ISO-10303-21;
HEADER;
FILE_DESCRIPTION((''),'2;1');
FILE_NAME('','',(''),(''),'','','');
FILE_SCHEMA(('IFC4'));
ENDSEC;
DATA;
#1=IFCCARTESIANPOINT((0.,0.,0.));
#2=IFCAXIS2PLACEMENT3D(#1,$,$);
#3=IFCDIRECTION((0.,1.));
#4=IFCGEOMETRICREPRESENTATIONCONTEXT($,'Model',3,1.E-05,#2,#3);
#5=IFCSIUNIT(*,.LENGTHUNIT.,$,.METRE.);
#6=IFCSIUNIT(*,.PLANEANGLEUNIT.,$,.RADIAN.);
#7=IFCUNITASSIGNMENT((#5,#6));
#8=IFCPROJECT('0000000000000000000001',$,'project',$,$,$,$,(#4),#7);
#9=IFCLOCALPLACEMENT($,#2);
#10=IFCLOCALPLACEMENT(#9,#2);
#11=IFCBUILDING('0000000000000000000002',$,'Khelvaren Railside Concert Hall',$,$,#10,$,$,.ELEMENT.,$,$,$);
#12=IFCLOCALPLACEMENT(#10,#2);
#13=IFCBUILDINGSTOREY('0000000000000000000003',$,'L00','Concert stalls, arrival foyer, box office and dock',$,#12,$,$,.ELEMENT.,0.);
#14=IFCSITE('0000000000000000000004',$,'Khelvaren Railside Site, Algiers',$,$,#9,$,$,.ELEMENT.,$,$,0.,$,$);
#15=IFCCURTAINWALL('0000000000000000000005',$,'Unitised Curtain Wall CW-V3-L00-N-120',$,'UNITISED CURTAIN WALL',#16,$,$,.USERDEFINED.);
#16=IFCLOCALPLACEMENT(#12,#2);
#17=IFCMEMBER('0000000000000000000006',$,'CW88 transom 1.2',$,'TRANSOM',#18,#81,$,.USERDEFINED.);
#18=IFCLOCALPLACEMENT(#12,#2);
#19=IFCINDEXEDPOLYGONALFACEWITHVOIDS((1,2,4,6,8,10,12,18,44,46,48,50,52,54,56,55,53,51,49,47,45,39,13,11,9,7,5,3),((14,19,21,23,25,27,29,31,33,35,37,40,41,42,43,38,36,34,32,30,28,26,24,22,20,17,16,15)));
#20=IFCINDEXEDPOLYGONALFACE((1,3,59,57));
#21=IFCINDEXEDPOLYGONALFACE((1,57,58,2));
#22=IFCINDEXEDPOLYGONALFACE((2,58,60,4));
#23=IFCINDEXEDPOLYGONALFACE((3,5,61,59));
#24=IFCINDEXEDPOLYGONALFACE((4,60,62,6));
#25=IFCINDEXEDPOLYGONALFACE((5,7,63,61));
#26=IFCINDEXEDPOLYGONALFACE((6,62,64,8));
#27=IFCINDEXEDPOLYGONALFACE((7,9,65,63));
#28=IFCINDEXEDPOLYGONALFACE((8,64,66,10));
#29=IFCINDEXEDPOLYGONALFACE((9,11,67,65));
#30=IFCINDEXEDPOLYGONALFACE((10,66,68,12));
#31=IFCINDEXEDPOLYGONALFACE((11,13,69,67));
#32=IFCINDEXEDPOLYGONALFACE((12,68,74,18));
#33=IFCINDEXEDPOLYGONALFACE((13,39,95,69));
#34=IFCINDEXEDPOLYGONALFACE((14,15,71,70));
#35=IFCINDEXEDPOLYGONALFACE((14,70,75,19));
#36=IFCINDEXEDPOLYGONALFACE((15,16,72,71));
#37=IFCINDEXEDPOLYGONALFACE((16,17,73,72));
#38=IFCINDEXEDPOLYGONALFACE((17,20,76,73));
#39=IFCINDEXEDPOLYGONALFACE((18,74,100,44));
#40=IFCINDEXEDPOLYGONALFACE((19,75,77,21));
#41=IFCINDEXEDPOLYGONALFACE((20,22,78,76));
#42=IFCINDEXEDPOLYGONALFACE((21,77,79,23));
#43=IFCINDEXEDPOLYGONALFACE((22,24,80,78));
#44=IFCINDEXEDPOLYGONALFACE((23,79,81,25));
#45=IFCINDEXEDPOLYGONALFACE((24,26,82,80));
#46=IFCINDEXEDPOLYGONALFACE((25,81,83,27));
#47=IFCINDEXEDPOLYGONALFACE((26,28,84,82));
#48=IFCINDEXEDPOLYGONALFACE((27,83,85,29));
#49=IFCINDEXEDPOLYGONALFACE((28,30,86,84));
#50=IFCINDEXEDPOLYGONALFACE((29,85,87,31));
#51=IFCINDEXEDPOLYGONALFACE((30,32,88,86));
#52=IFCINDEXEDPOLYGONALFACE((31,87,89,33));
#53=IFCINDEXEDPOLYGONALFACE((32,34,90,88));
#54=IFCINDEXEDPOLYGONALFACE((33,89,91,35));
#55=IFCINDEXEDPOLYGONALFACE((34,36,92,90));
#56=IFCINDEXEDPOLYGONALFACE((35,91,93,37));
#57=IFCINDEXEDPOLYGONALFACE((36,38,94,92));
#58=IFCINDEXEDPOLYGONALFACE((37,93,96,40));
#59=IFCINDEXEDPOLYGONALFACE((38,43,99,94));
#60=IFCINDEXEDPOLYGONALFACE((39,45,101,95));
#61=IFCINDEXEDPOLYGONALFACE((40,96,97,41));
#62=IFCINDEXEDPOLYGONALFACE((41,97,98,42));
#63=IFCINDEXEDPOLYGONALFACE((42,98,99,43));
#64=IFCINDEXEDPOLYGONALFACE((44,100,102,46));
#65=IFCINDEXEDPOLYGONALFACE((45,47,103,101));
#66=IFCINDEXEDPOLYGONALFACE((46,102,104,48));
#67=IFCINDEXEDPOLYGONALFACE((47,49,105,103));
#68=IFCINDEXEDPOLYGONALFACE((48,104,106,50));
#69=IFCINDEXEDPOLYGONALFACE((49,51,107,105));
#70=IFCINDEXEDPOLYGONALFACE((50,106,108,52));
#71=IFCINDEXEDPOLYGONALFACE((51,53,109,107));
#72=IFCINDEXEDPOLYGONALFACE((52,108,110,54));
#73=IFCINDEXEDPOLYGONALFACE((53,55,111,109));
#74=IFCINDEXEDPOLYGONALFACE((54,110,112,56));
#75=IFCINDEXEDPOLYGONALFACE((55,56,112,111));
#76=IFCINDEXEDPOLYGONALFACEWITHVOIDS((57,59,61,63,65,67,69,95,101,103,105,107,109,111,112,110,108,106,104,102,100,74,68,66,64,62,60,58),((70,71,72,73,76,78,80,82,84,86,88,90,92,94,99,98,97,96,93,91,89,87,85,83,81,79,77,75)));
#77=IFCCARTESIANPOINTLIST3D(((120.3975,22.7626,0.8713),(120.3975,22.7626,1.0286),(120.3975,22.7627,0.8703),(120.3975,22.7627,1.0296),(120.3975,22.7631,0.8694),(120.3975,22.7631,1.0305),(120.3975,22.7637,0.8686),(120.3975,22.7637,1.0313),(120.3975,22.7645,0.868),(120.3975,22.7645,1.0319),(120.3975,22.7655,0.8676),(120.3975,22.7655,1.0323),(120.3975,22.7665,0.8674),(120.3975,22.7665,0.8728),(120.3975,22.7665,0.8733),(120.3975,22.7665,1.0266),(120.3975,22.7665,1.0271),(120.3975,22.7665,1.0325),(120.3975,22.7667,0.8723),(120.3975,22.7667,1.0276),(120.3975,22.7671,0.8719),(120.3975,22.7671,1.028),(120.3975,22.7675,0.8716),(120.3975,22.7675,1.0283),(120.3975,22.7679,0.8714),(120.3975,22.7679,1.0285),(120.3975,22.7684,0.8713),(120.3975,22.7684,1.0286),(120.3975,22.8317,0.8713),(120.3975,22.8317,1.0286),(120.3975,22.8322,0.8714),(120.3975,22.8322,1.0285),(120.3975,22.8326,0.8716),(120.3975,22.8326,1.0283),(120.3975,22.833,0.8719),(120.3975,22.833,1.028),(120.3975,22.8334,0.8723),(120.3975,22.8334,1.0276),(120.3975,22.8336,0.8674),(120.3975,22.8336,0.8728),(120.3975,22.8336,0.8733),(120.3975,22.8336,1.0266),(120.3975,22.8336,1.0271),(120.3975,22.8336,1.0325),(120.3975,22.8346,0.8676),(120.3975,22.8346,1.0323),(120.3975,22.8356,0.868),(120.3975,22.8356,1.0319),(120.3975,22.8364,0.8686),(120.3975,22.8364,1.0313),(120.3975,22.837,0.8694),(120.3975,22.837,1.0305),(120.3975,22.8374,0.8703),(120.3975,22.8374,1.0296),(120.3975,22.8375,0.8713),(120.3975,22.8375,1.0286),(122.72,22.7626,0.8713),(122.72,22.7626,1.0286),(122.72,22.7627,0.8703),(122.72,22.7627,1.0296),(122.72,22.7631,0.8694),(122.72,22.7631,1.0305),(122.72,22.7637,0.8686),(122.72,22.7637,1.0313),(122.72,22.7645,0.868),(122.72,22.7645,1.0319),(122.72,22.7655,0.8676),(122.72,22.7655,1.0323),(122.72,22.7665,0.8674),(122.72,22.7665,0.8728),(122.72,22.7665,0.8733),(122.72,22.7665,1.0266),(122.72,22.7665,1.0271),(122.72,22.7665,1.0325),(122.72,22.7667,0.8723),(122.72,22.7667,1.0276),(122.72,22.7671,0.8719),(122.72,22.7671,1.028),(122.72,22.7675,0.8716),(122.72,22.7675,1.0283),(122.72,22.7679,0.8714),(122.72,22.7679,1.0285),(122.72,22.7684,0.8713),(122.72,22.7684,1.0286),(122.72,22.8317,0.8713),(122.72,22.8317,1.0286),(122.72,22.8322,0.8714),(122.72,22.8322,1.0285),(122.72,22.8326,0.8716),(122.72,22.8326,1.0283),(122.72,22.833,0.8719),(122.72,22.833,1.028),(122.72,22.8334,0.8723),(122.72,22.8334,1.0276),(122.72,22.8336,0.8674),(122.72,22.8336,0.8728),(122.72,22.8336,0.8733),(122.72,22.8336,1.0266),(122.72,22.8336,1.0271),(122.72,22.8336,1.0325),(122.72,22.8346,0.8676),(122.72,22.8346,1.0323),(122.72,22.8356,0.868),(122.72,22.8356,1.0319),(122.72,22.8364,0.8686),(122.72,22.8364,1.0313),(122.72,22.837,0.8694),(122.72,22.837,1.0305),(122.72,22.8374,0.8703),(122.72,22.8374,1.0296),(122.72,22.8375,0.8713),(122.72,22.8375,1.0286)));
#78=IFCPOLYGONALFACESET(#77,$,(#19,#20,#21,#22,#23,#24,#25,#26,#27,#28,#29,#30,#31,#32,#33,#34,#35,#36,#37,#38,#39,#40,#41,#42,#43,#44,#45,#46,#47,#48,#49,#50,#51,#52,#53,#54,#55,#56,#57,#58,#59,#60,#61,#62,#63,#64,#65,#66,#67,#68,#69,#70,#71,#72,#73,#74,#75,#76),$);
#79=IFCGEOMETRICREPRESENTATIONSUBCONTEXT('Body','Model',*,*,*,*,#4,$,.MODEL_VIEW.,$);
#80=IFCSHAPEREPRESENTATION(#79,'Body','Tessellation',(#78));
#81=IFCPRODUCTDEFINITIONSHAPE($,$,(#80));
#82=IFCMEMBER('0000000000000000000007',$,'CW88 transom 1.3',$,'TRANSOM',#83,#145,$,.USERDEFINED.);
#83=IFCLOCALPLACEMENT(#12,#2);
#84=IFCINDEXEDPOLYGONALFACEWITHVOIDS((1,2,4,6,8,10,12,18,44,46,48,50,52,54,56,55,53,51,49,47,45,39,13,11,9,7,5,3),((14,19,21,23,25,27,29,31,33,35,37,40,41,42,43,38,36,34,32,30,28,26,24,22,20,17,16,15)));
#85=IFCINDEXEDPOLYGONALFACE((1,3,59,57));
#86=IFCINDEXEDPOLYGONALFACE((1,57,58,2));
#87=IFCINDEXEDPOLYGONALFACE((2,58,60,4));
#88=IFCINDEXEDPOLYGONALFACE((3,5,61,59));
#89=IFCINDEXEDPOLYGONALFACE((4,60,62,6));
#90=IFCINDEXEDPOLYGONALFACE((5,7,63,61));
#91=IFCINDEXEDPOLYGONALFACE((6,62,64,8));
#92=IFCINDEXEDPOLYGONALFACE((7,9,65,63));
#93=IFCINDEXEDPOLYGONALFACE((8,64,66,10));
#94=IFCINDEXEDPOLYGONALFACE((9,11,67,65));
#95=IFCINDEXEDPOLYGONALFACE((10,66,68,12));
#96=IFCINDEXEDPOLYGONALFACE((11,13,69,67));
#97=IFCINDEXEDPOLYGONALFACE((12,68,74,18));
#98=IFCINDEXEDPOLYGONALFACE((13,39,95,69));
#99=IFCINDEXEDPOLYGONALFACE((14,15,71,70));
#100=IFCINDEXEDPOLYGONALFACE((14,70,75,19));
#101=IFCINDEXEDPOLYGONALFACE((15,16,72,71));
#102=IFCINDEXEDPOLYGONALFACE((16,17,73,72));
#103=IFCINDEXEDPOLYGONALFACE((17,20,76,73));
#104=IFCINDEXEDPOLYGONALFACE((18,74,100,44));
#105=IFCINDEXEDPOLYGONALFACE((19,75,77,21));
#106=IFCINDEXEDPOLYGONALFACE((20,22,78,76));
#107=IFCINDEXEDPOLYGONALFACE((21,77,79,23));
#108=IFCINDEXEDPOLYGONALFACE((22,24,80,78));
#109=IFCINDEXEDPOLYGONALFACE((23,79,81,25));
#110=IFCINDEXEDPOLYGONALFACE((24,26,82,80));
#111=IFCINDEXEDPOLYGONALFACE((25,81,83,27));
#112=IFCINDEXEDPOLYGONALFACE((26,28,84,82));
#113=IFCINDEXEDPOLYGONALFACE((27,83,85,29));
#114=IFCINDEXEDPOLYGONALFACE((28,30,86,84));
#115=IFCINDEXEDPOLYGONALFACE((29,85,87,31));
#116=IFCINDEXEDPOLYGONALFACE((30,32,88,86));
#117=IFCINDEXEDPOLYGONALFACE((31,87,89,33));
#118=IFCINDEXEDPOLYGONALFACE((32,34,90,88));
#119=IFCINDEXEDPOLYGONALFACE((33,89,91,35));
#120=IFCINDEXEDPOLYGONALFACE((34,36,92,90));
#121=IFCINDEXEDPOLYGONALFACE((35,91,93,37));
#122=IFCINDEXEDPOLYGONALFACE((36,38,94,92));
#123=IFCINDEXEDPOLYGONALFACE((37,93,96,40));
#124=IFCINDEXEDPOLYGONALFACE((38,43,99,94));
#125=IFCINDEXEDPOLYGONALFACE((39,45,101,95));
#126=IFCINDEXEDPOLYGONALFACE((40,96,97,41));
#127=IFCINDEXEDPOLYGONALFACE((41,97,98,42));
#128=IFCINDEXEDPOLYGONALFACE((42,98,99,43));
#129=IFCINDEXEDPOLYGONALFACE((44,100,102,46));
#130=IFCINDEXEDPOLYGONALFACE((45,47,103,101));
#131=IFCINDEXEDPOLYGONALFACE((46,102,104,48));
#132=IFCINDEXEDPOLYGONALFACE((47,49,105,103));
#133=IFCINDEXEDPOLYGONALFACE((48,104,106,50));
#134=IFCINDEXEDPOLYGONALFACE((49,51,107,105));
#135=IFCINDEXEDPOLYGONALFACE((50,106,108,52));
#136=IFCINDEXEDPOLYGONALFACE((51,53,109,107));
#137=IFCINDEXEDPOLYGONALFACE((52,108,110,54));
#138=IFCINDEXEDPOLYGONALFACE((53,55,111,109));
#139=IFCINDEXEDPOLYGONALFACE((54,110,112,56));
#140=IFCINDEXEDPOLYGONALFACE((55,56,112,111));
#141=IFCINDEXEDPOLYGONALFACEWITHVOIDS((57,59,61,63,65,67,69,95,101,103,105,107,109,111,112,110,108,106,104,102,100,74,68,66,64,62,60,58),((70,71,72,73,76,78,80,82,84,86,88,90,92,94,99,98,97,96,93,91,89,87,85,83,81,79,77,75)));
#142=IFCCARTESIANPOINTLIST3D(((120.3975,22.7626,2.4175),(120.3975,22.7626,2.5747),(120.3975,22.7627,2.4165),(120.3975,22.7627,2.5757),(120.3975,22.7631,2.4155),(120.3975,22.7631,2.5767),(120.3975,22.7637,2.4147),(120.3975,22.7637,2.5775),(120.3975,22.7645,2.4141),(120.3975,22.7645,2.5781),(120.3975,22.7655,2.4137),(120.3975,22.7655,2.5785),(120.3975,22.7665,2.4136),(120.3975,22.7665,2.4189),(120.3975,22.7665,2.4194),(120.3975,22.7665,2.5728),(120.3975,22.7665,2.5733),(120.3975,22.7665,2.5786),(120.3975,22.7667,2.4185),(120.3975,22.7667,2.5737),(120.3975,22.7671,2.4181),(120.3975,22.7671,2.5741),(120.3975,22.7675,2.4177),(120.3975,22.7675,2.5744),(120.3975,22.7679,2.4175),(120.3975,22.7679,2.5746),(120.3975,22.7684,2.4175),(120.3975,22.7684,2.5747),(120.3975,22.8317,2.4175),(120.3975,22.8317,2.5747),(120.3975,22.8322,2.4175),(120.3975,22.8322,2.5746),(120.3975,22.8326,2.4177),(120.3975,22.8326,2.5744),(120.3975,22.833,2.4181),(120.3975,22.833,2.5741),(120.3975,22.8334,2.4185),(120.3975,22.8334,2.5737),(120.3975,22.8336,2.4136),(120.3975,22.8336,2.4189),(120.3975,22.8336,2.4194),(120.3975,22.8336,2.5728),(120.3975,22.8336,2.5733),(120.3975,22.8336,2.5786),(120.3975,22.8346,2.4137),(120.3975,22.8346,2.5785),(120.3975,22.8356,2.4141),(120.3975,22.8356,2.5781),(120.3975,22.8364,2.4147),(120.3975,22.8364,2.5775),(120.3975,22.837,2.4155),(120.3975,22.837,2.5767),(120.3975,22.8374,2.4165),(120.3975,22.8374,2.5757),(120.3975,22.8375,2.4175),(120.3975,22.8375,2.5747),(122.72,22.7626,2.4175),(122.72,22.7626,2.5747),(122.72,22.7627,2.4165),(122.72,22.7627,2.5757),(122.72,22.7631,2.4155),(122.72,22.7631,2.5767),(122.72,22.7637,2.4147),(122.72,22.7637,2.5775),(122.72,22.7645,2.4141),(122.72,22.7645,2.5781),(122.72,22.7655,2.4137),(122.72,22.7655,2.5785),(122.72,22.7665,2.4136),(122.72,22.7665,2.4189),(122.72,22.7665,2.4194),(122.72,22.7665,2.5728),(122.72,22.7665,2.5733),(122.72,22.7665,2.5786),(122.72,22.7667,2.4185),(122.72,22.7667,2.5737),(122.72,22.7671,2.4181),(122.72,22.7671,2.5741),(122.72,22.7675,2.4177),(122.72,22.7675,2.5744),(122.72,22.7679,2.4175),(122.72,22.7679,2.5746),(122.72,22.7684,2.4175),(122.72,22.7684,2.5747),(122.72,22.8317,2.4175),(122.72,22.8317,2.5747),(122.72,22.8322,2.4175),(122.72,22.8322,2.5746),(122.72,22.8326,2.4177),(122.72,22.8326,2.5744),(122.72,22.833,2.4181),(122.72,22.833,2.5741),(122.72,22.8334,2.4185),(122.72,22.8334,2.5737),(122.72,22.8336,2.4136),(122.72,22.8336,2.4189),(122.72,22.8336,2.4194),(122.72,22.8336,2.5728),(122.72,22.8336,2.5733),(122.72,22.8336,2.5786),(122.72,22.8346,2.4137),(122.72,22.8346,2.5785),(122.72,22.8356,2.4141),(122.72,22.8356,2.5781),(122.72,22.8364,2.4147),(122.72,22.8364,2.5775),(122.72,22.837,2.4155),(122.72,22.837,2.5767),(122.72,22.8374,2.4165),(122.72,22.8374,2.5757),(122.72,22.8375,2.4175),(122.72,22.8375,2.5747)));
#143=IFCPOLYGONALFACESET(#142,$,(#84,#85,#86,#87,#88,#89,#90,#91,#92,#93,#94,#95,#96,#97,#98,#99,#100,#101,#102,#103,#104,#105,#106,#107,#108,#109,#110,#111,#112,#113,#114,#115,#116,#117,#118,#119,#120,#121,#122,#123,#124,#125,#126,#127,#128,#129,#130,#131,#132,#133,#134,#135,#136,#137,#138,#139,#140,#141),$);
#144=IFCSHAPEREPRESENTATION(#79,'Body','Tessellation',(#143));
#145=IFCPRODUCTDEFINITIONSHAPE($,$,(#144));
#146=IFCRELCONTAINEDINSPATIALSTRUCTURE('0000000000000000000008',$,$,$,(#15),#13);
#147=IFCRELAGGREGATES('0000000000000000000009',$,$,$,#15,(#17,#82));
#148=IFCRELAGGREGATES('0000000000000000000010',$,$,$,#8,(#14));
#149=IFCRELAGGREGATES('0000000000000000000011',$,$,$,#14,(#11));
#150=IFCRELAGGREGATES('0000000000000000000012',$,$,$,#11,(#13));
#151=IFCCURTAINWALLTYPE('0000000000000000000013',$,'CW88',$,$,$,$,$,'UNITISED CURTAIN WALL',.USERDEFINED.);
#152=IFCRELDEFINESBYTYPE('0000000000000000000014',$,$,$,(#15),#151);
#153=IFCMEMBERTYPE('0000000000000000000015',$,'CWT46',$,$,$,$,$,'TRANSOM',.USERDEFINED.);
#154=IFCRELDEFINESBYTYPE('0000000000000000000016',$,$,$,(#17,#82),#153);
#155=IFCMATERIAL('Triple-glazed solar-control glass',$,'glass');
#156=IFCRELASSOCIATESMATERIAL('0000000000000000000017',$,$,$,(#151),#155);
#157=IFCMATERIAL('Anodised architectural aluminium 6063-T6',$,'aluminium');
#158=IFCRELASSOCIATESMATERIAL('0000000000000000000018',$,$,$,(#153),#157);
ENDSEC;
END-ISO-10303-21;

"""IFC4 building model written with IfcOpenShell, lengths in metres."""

from ifc_helpers import new_model, si_unit, direction, frame, origin, origin_2d, place, context, subcontext, project, spatial, hollow_rectangle, extrude, material, material_profile, profile_set, type_object, element, aggregate, save


model = new_model("IFC4")

# Units and contexts
model_context = context("Model", 3, precision=1e-05, world=origin(), true_north=direction((0.0, 1.0)))
body_context = subcontext(model_context, "Body", "Model", "MODEL_VIEW")
ifc_project = project(units=[si_unit("LENGTHUNIT", "METRE"), si_unit("PLANEANGLEUNIT", "RADIAN")], contexts=[model_context])

# Site, building, storey
site_placement = place(None, origin())
site = spatial("IfcSite", under=ifc_project, at=site_placement, Name="Khelvaren Railside Site, Algiers", CompositionType="ELEMENT", RefElevation=0.0)
building_placement = place(site_placement, origin())
building = spatial("IfcBuilding", under=site, at=building_placement, Name="Khelvaren Railside Concert Hall", CompositionType="ELEMENT")
storey_placement = place(building_placement, origin())
storey = spatial("IfcBuildingStorey", under=building, at=storey_placement, Name="L00", Description="Concert stalls, arrival foyer, box office and dock", CompositionType="ELEMENT", Elevation=0.0)

# Curtain wall
ifc_material_1 = material(Name="Triple-glazed solar-control glass", Category="glass")
ifc_material_2 = material(Name="Anodised architectural aluminium 6063-T6", Category="aluminium")
curtain_wall_type_1 = type_object("IfcCurtainWallType", Name="CW88", ElementType="UNITISED CURTAIN WALL", PredefinedType="USERDEFINED", material=ifc_material_1)
curtain_wall_1_placement = place(storey_placement, origin())
curtain_wall_1 = element("IfcCurtainWall", 1, at=curtain_wall_1_placement, inside=storey, type_object=curtain_wall_type_1, Name="Unitised Curtain Wall CW-V3-L00-N-120", ObjectType="UNITISED CURTAIN WALL", PredefinedType="USERDEFINED")

# Members
ifc_material_profile_1 = material_profile(ifc_material_2, hollow_rectangle(XDim=0.075, YDim=0.165, WallThickness=0.0039, InnerFilletRadius=0.002, OuterFilletRadius=0.0039, at=origin_2d()), Name="CWT 75x165x4")
ifc_profile_set_1 = profile_set([ifc_material_profile_1], Name="Anodised architectural aluminium 6063-T6")
member_type_1 = type_object("IfcMemberType", Name="CWT46", ElementType="TRANSOM", PredefinedType="USERDEFINED", material=ifc_profile_set_1)
member_1_placement = place(storey_placement, frame((120.3975, 22.8, 0.95), z_axis=(1.0, 0.0, 0.0), x_axis=(0.0, 1.0, 0.0)))
member_1 = element("IfcMember", 2, at=member_1_placement, type_object=member_type_1, Name="CW88 transom 1.2", ObjectType="TRANSOM", PredefinedType="USERDEFINED", context=body_context, shape_type="SweptSolid", body=[
    extrude(hollow_rectangle(XDim=0.075, YDim=0.165, WallThickness=0.0039, InnerFilletRadius=0.002, OuterFilletRadius=0.0039, at=origin_2d()), origin(), (0.0, 0.0, 1.0), 2.3225),
])
member_2_placement = place(storey_placement, frame((120.3975, 22.8, 2.4961), z_axis=(1.0, 0.0, 0.0), x_axis=(0.0, 1.0, 0.0)))
member_2 = element("IfcMember", 3, at=member_2_placement, type_object=member_type_1, Name="CW88 transom 1.3", ObjectType="TRANSOM", PredefinedType="USERDEFINED", context=body_context, shape_type="SweptSolid", body=[
    extrude(hollow_rectangle(XDim=0.075, YDim=0.165, WallThickness=0.0039, InnerFilletRadius=0.002, OuterFilletRadius=0.0039, at=origin_2d()), origin(), (0.0, 0.0, 1.0), 2.3225),
])

aggregate(curtain_wall_1, [member_1, member_2])

save(model, "model.ifc")
